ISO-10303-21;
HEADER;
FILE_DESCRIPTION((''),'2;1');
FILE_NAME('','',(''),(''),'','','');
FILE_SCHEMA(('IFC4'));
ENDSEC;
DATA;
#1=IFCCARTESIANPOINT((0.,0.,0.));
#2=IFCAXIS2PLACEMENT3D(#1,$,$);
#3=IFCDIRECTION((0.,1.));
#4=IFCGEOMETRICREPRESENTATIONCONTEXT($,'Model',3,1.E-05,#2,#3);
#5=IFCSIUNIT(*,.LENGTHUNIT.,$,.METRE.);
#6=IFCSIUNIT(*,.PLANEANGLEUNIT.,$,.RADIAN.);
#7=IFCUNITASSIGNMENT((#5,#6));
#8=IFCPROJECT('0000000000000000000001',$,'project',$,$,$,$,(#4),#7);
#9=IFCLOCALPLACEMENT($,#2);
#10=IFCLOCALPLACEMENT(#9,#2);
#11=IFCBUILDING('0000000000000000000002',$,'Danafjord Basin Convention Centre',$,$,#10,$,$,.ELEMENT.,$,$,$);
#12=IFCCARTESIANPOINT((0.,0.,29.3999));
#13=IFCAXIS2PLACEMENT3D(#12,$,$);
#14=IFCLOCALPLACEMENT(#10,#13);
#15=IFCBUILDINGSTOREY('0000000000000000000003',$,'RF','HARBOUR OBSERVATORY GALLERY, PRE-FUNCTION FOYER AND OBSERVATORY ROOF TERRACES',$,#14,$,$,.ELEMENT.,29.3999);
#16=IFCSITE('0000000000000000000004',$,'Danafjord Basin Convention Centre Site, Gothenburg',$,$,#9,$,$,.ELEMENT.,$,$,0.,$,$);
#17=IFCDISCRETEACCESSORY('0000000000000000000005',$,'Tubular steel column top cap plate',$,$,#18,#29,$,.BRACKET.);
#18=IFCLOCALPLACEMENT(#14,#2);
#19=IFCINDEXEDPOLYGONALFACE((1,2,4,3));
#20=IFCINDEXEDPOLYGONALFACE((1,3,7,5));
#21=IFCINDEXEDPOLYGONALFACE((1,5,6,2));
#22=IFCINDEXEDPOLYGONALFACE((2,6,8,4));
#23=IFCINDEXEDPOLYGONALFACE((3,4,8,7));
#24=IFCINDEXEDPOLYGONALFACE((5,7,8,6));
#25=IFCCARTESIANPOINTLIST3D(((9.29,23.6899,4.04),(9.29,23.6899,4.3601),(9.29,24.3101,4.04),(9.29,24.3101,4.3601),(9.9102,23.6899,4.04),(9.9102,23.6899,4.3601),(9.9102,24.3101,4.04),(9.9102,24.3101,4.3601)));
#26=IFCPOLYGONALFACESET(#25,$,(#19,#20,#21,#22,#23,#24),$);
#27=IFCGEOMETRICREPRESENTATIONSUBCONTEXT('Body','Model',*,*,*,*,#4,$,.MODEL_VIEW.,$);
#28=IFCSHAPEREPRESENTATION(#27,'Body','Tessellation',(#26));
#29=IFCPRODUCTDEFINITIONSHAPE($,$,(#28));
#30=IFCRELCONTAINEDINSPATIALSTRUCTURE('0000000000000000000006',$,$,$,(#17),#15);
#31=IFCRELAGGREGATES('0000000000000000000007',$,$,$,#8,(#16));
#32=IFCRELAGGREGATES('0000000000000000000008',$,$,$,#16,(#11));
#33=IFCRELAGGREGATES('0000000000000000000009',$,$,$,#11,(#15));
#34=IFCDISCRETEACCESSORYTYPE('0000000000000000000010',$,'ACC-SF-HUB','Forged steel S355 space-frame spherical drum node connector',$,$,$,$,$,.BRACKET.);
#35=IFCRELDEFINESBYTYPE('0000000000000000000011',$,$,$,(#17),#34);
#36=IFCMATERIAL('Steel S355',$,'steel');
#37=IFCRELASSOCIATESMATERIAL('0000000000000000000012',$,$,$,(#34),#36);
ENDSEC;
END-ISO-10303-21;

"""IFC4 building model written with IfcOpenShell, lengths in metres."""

from ifc_helpers import new_model, si_unit, direction, frame, origin, origin_2d, place, context, subcontext, project, spatial, rectangle, extrude, material, type_object, element, save


model = new_model("IFC4")

# Units and contexts
model_context = context("Model", 3, precision=1e-05, world=origin(), true_north=direction((0.0, 1.0)))
body_context = subcontext(model_context, "Body", "Model", "MODEL_VIEW")
ifc_project = project(units=[si_unit("LENGTHUNIT", "METRE"), si_unit("PLANEANGLEUNIT", "RADIAN")], contexts=[model_context])

# Site, building, storey
site_placement = place(None, origin())
site = spatial("IfcSite", under=ifc_project, at=site_placement, Name="Danafjord Basin Convention Centre Site, Gothenburg", CompositionType="ELEMENT", RefElevation=0.0)
building_placement = place(site_placement, origin())
building = spatial("IfcBuilding", under=site, at=building_placement, Name="Danafjord Basin Convention Centre", CompositionType="ELEMENT")
storey_placement = place(building_placement, frame((0.0, 0.0, 29.3999)))
storey = spatial("IfcBuildingStorey", under=building, at=storey_placement, Name="RF", Description="HARBOUR OBSERVATORY GALLERY, PRE-FUNCTION FOYER AND OBSERVATORY ROOF TERRACES", CompositionType="ELEMENT", Elevation=29.3999)

# Shared definitions
ifc_material_1 = material(Name="Steel S355", Category="steel")

# Discrete accessory
discrete_accessory_type = type_object("IfcDiscreteAccessoryType", Name="ACC-SF-HUB", Description="Forged steel S355 space-frame spherical drum node connector", PredefinedType="BRACKET", material=ifc_material_1)
discrete_accessory_placement = place(storey_placement, frame((9.6001, 24.0, 4.04), z_axis=(0.0, 0.0, 1.0), x_axis=(1.0, 0.0, 0.0)))
element("IfcDiscreteAccessory", 1, at=discrete_accessory_placement, inside=storey, type_object=discrete_accessory_type, Name="Tubular steel column top cap plate", PredefinedType="BRACKET", context=body_context, shape_type="SweptSolid", body=[
    extrude(rectangle(XDim=0.6201, YDim=0.6201, at=origin_2d()), origin(), (0.0, 0.0, 1.0), 0.3201),
])

save(model, "model.ifc")
